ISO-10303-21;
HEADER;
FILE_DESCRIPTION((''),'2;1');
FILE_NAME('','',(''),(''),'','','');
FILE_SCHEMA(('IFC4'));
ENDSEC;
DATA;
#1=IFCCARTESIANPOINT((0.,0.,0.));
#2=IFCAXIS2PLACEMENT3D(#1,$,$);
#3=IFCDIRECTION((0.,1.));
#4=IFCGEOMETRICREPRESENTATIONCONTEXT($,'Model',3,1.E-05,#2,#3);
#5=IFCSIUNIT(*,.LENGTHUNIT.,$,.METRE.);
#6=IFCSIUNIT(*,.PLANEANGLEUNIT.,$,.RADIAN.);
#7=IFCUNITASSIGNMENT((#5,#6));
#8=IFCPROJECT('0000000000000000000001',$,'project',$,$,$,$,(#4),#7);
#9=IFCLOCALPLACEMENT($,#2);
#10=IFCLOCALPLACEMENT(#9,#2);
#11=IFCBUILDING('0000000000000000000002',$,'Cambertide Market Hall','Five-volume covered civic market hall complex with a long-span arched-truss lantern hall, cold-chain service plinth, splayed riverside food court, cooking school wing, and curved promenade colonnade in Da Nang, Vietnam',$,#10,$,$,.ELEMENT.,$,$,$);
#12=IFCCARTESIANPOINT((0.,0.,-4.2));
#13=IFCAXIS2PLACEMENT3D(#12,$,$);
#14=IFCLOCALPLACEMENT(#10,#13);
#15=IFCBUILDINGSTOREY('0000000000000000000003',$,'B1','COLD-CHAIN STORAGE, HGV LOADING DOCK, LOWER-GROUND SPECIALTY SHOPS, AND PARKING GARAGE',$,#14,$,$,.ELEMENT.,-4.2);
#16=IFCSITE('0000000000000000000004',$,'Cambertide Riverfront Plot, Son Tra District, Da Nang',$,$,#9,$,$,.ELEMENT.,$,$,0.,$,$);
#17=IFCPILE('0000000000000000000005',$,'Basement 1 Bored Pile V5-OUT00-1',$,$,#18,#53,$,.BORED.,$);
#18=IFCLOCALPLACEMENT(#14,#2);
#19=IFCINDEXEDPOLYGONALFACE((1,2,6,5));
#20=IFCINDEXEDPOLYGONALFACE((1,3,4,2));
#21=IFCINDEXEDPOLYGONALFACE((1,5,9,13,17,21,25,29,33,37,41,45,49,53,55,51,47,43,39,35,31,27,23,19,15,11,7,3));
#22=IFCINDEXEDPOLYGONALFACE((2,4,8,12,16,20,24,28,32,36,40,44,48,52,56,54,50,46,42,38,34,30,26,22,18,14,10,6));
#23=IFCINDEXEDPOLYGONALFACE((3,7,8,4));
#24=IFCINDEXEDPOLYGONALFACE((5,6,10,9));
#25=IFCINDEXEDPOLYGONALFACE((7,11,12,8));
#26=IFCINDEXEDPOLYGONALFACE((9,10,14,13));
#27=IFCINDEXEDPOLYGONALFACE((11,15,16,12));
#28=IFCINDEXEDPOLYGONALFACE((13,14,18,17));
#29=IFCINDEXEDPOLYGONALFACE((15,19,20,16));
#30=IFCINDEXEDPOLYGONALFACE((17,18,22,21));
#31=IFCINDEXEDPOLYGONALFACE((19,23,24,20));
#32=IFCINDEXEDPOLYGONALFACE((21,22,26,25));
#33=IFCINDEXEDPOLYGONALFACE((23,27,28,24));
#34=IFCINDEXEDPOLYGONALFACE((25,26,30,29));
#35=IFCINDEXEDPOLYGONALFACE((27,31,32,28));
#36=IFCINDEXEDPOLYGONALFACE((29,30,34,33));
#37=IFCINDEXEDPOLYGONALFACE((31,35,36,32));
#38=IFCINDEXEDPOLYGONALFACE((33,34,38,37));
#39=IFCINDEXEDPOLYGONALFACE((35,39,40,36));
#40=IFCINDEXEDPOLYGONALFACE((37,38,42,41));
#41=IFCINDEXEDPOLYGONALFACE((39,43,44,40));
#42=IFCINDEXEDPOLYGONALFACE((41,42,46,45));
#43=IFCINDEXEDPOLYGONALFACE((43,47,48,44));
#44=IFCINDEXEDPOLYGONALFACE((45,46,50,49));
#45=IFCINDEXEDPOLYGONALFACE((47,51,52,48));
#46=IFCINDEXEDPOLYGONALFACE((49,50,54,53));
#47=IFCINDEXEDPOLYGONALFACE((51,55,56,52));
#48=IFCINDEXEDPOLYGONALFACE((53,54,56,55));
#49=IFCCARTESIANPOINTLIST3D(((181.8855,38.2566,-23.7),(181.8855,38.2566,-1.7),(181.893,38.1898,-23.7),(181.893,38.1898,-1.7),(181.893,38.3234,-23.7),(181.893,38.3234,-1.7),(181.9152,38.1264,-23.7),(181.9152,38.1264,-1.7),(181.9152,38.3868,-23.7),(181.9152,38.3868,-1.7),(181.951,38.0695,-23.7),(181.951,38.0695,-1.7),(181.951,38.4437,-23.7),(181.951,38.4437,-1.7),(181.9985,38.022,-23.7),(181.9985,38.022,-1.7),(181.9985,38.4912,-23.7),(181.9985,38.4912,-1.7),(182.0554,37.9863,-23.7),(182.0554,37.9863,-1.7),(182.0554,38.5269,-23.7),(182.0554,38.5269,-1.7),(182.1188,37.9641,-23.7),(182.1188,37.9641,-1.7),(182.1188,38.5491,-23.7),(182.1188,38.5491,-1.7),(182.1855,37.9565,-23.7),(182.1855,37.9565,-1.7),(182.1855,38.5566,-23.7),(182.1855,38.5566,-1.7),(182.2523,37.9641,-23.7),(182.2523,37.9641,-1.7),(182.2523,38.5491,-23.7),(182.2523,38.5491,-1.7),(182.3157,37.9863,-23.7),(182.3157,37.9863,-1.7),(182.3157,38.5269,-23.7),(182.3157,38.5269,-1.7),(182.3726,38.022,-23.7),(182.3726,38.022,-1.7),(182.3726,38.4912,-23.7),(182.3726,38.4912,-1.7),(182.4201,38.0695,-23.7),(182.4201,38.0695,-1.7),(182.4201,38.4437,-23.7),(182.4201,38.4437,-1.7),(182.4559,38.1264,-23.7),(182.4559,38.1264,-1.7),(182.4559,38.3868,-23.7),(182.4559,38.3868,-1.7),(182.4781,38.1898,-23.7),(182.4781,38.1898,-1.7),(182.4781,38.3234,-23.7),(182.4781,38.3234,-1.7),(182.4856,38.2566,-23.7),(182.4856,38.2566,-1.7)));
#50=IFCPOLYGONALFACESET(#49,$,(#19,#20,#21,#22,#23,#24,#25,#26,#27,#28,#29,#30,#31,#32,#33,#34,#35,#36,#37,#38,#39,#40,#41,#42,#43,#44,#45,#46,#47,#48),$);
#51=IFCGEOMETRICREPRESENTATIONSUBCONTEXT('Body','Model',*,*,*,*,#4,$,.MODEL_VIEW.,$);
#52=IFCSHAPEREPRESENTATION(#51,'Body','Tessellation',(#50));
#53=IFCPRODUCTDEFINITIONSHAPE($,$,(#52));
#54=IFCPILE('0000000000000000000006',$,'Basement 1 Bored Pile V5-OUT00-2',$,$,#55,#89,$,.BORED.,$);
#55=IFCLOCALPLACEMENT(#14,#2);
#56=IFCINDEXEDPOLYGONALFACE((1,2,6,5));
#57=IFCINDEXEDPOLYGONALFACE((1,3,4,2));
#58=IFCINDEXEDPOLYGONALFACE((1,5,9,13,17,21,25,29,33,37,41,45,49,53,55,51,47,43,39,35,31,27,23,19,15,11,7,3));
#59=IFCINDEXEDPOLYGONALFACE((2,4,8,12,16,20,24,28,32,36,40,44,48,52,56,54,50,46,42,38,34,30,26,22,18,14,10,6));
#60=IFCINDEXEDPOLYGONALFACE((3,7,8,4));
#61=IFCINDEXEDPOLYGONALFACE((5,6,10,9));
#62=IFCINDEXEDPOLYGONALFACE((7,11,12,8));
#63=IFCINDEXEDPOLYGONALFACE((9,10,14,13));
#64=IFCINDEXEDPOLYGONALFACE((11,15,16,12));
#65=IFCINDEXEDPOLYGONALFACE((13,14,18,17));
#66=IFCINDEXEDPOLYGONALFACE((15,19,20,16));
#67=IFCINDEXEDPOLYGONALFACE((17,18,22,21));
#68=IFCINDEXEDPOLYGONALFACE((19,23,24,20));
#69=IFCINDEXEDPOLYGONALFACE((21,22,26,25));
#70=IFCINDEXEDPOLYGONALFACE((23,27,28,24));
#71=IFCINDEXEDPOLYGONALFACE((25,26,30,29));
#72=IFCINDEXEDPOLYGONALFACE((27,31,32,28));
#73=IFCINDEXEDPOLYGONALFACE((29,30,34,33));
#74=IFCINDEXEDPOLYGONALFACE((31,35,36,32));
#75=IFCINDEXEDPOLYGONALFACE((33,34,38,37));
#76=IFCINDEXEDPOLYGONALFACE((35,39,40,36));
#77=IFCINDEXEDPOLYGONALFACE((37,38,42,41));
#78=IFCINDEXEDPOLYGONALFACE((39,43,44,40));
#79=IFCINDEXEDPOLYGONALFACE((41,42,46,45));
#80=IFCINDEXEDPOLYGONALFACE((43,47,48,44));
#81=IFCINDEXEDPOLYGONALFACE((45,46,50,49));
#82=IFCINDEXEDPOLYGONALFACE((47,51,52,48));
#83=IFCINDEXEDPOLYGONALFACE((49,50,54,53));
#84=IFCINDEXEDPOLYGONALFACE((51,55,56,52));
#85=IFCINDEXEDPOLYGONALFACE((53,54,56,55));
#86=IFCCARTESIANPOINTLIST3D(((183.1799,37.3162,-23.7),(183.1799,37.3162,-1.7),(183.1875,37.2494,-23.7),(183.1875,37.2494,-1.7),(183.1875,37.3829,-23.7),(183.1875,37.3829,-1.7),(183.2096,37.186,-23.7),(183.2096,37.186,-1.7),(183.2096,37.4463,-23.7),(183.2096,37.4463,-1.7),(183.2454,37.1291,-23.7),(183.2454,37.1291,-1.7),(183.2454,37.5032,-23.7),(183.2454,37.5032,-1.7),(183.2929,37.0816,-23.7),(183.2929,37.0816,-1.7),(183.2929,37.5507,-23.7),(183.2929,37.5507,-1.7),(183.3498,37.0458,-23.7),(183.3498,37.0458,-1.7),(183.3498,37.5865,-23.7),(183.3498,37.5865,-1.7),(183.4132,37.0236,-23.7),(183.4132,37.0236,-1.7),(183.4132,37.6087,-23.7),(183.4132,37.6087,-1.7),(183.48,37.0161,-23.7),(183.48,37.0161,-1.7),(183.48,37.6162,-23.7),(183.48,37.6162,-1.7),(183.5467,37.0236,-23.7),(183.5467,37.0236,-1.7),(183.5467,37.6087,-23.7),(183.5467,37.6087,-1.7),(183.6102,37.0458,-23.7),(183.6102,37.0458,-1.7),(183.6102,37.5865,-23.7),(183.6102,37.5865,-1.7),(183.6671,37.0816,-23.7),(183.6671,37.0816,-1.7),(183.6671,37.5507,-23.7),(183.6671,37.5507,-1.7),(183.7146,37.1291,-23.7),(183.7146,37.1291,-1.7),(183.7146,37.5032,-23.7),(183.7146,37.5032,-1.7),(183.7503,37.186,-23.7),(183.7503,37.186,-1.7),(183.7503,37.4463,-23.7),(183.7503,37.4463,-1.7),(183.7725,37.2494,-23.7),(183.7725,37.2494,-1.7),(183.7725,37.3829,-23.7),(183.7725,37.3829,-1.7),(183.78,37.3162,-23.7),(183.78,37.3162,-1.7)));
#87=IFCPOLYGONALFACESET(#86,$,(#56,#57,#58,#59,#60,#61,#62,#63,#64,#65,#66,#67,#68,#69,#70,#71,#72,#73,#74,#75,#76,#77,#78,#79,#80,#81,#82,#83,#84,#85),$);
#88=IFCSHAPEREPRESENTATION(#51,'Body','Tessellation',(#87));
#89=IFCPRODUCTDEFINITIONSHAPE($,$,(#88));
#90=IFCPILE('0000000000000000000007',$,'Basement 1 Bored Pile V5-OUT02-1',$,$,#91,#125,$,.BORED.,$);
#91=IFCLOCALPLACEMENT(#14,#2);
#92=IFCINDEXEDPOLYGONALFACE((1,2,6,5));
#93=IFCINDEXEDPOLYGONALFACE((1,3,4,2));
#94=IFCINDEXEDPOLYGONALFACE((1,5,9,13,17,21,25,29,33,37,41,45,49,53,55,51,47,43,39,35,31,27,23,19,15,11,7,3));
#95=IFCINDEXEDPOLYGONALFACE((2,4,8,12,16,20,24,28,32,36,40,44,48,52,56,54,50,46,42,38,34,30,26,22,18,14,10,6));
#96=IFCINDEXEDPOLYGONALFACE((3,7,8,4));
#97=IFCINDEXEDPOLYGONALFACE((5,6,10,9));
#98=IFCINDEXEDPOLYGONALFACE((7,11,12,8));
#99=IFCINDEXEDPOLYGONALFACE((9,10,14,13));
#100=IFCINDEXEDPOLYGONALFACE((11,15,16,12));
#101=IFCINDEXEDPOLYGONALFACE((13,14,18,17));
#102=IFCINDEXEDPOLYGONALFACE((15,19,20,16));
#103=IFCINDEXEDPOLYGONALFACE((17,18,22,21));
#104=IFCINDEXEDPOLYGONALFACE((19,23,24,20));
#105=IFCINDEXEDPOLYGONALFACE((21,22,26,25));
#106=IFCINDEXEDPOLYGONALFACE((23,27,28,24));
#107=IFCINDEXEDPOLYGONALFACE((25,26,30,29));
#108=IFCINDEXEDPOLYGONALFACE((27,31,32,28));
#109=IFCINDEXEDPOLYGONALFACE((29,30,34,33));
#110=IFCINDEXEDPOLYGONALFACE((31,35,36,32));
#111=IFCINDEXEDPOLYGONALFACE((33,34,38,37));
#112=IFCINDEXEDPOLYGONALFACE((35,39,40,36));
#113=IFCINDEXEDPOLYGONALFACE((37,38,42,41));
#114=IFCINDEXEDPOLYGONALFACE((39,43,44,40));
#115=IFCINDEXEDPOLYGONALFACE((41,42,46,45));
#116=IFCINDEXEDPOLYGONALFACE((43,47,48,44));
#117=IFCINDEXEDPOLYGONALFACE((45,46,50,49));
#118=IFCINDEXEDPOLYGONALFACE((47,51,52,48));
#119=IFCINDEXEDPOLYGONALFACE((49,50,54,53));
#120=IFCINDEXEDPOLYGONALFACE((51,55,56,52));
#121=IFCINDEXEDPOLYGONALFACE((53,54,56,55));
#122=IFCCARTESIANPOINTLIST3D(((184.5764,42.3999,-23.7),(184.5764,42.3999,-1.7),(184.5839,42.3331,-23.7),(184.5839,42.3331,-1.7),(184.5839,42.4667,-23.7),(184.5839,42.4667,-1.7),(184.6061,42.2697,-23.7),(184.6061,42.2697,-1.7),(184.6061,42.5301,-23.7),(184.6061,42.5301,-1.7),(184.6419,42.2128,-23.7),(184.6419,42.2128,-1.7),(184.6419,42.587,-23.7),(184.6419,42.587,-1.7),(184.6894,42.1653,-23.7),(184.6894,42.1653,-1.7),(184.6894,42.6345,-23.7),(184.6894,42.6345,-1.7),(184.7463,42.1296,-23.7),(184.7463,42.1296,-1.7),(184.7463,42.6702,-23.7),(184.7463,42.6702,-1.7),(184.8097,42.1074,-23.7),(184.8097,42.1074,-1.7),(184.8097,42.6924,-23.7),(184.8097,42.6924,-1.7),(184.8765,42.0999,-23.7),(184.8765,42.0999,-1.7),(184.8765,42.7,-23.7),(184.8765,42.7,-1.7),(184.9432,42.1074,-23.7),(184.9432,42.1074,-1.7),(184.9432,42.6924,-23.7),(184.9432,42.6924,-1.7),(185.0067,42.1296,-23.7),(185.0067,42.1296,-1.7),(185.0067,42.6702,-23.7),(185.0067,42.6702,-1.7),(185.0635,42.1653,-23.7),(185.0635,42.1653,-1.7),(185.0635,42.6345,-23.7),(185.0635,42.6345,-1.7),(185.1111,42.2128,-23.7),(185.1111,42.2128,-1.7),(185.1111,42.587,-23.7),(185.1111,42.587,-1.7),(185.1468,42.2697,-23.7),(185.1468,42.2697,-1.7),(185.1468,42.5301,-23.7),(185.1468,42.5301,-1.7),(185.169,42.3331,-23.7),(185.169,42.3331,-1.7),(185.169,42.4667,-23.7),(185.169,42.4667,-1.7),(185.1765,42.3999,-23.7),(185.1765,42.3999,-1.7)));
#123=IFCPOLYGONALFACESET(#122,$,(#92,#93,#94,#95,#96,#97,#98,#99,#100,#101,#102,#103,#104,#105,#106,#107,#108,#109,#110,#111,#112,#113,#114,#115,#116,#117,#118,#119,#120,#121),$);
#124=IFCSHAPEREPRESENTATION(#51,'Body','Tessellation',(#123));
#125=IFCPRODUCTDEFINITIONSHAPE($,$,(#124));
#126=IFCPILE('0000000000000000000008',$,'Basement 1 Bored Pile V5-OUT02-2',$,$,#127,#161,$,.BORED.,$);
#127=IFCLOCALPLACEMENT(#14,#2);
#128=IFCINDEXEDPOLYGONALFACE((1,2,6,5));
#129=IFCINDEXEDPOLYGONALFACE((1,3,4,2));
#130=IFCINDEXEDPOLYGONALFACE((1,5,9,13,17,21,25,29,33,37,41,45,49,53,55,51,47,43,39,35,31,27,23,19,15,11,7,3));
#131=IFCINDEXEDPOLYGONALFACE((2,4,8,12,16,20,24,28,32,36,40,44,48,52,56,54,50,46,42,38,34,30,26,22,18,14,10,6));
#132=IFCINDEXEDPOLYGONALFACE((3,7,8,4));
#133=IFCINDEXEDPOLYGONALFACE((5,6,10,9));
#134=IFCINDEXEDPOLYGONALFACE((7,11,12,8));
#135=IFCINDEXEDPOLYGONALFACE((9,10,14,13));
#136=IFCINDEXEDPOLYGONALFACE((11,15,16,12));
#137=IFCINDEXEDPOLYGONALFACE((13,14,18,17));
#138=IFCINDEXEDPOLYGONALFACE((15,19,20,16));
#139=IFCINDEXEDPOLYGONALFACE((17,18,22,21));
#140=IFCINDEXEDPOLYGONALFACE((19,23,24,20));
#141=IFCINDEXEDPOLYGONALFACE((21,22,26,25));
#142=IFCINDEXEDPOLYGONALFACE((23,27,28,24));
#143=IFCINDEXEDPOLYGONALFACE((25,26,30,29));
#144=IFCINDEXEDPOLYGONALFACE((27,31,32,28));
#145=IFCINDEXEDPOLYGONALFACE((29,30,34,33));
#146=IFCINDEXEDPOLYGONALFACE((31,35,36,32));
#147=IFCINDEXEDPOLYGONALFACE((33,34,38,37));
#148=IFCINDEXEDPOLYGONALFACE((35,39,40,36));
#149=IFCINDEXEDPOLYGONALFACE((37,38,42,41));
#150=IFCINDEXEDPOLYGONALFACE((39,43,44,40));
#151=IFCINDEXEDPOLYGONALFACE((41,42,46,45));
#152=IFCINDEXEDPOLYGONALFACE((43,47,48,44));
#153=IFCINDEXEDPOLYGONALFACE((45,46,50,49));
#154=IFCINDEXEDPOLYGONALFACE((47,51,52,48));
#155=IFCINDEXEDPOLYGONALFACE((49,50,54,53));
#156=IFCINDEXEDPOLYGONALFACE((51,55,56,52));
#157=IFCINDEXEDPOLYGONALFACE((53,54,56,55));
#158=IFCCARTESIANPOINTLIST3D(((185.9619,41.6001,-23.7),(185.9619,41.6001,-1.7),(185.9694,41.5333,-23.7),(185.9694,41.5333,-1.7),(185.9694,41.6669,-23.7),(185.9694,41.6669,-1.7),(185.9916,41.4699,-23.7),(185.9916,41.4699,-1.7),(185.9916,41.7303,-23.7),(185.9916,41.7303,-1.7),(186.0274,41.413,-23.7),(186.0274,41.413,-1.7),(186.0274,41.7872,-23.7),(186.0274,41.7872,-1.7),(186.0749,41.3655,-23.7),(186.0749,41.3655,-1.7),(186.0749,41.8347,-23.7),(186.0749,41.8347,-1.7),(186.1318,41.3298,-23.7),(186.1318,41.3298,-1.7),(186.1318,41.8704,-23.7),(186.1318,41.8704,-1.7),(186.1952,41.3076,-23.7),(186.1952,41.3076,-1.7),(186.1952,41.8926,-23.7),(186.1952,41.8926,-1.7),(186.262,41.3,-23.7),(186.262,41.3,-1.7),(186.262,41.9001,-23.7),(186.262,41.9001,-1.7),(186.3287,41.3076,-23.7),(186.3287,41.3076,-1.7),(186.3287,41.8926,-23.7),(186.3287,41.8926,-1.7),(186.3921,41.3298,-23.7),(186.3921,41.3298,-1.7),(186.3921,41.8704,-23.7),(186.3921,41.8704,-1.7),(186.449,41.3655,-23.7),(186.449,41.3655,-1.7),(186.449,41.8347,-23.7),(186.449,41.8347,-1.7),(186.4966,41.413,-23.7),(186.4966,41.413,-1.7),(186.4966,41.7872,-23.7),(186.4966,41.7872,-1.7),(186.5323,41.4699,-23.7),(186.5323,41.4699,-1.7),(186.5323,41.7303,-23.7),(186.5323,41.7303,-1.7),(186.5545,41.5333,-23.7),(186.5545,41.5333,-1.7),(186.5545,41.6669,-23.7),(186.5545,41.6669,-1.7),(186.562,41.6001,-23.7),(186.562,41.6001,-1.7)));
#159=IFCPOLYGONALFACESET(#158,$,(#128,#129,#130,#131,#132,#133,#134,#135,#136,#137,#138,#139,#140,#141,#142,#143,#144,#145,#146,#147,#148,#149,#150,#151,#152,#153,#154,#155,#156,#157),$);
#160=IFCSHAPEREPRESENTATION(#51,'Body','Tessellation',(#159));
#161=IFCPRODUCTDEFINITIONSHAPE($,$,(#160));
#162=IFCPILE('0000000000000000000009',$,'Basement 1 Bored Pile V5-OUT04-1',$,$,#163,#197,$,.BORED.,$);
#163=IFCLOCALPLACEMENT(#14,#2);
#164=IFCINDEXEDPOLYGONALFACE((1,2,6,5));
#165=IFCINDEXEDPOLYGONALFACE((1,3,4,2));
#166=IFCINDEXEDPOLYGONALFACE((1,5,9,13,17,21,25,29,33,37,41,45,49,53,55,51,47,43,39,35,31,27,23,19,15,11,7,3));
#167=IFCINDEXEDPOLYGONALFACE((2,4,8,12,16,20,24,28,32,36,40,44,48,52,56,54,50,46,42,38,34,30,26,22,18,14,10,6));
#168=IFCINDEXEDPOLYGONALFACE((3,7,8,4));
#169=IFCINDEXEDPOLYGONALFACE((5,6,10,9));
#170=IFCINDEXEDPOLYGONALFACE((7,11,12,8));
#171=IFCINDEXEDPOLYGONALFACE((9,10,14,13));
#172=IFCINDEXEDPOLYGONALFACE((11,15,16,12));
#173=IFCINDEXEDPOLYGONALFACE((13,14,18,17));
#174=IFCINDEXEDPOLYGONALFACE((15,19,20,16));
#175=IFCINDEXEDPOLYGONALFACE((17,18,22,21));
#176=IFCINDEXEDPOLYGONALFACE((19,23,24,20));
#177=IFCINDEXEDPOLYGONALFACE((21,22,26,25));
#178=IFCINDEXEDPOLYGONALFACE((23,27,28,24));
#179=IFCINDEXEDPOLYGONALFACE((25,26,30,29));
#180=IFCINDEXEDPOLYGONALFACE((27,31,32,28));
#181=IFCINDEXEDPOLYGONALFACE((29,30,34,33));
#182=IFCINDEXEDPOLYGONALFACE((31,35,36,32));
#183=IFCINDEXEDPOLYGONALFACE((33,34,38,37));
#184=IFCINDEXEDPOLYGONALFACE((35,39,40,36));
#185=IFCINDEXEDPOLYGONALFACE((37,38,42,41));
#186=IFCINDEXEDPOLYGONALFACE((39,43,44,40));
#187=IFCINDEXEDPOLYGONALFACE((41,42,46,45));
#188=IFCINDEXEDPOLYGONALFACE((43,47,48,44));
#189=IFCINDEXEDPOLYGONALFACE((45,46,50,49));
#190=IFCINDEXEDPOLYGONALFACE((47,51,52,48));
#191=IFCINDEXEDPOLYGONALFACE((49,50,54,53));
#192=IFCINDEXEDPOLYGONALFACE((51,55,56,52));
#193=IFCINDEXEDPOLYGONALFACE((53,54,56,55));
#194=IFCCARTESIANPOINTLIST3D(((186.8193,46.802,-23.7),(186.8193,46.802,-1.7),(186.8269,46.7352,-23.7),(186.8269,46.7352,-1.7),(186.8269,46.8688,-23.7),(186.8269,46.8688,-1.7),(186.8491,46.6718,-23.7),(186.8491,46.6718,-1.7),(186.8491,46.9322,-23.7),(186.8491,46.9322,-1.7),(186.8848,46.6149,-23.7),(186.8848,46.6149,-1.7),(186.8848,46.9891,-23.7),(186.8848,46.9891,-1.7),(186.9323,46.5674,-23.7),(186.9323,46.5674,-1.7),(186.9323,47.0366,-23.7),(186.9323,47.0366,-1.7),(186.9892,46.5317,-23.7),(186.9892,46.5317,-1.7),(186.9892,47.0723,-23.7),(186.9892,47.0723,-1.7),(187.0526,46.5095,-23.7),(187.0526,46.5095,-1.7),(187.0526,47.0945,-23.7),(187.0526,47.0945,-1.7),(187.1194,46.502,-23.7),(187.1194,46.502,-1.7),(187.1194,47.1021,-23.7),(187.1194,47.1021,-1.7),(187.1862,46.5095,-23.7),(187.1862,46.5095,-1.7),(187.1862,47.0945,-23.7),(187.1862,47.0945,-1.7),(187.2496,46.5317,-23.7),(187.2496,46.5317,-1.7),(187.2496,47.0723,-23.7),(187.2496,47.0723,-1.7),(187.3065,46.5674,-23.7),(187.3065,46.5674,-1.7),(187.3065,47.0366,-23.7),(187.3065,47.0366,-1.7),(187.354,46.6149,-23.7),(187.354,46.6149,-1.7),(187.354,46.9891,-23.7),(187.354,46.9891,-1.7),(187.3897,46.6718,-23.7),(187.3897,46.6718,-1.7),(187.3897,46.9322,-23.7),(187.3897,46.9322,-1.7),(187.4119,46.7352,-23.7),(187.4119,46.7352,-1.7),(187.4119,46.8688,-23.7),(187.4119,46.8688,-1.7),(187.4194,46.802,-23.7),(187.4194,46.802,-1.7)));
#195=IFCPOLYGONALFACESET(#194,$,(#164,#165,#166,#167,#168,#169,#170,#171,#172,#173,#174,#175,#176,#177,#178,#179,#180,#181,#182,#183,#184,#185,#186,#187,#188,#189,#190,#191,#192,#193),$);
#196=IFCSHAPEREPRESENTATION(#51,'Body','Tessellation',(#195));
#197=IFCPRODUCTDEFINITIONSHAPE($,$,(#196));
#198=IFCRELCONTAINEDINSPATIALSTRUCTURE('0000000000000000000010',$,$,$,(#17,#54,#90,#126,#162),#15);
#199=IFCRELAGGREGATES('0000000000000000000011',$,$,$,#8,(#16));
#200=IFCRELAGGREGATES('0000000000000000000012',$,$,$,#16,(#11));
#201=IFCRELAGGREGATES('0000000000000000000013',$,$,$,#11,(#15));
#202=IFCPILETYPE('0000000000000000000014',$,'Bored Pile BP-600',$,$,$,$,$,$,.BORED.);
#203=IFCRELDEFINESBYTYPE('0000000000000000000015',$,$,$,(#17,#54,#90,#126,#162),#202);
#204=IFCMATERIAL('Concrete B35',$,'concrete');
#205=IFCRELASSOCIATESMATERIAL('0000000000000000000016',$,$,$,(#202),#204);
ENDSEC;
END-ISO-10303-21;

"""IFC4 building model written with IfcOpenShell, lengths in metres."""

from ifc_helpers import new_model, si_unit, direction, frame, origin, origin_2d, place, context, subcontext, project, spatial, circle, extrude, material, material_profile, profile_set, type_object, element, save


model = new_model("IFC4")

# Units and contexts
model_context = context("Model", 3, precision=1e-05, world=origin(), true_north=direction((0.0, 1.0)))
body_context = subcontext(model_context, "Body", "Model", "MODEL_VIEW")
ifc_project = project(units=[si_unit("LENGTHUNIT", "METRE"), si_unit("PLANEANGLEUNIT", "RADIAN")], contexts=[model_context])

# Site, building, storey
site_placement = place(None, origin())
site = spatial("IfcSite", under=ifc_project, at=site_placement, Name="Cambertide Riverfront Plot, Son Tra District, Da Nang", CompositionType="ELEMENT", RefElevation=0.0)
building_placement = place(site_placement, origin())
building = spatial("IfcBuilding", under=site, at=building_placement, Name="Cambertide Market Hall", Description="Five-volume covered civic market hall complex with a long-span arched-truss lantern hall, cold-chain service plinth, splayed riverside food court, cooking school wing, and curved promenade colonnade in Da Nang, Vietnam", CompositionType="ELEMENT")
storey_placement = place(building_placement, frame((0.0, 0.0, -4.2)))
storey = spatial("IfcBuildingStorey", under=building, at=storey_placement, Name="B1", Description="COLD-CHAIN STORAGE, HGV LOADING DOCK, LOWER-GROUND SPECIALTY SHOPS, AND PARKING GARAGE", CompositionType="ELEMENT", Elevation=-4.2)

# Piles
ifc_material_1 = material(Name="Concrete B35", Category="concrete")
ifc_material_profile_1 = material_profile(ifc_material_1, circle(Radius=0.3, at=origin_2d()), Name="BP D600")
ifc_profile_set_1 = profile_set([ifc_material_profile_1], Name="Concrete B35")
pile_type = type_object("IfcPileType", Name="Bored Pile BP-600", PredefinedType="BORED", material=ifc_profile_set_1)
for number, where, z_axis, x_axis, name in (
    (1, (182.1855, 38.2566, -1.7), (0.0, 0.0, -1.0), (1.0, 0.0, 0.0), "Basement 1 Bored Pile V5-OUT00-1"),
    (2, (183.48, 37.3162, -1.7), (0.0, 0.0, -1.0), (1.0, 0.0, 0.0), "Basement 1 Bored Pile V5-OUT00-2"),
    (3, (184.8765, 42.3999, -1.7), (0.0, 0.0, -1.0), (1.0, 0.0, 0.0), "Basement 1 Bored Pile V5-OUT02-1"),
    (4, (186.262, 41.6001, -1.7), (0.0, 0.0, -1.0), (1.0, 0.0, 0.0), "Basement 1 Bored Pile V5-OUT02-2"),
    (5, (187.1194, 46.802, -1.7), (0.0, 0.0, -1.0), (1.0, 0.0, 0.0), "Basement 1 Bored Pile V5-OUT04-1"),
):
    element("IfcPile", number, at=place(storey_placement, frame(where, z_axis=z_axis, x_axis=x_axis)), inside=storey, type_object=pile_type, Name=name, PredefinedType="BORED", context=body_context, shape_type="SweptSolid", body=[
        extrude(circle(Radius=0.3, at=origin_2d()), origin(), (0.0, 0.0, 1.0), 22.0),
    ])

save(model, "model.ifc")
